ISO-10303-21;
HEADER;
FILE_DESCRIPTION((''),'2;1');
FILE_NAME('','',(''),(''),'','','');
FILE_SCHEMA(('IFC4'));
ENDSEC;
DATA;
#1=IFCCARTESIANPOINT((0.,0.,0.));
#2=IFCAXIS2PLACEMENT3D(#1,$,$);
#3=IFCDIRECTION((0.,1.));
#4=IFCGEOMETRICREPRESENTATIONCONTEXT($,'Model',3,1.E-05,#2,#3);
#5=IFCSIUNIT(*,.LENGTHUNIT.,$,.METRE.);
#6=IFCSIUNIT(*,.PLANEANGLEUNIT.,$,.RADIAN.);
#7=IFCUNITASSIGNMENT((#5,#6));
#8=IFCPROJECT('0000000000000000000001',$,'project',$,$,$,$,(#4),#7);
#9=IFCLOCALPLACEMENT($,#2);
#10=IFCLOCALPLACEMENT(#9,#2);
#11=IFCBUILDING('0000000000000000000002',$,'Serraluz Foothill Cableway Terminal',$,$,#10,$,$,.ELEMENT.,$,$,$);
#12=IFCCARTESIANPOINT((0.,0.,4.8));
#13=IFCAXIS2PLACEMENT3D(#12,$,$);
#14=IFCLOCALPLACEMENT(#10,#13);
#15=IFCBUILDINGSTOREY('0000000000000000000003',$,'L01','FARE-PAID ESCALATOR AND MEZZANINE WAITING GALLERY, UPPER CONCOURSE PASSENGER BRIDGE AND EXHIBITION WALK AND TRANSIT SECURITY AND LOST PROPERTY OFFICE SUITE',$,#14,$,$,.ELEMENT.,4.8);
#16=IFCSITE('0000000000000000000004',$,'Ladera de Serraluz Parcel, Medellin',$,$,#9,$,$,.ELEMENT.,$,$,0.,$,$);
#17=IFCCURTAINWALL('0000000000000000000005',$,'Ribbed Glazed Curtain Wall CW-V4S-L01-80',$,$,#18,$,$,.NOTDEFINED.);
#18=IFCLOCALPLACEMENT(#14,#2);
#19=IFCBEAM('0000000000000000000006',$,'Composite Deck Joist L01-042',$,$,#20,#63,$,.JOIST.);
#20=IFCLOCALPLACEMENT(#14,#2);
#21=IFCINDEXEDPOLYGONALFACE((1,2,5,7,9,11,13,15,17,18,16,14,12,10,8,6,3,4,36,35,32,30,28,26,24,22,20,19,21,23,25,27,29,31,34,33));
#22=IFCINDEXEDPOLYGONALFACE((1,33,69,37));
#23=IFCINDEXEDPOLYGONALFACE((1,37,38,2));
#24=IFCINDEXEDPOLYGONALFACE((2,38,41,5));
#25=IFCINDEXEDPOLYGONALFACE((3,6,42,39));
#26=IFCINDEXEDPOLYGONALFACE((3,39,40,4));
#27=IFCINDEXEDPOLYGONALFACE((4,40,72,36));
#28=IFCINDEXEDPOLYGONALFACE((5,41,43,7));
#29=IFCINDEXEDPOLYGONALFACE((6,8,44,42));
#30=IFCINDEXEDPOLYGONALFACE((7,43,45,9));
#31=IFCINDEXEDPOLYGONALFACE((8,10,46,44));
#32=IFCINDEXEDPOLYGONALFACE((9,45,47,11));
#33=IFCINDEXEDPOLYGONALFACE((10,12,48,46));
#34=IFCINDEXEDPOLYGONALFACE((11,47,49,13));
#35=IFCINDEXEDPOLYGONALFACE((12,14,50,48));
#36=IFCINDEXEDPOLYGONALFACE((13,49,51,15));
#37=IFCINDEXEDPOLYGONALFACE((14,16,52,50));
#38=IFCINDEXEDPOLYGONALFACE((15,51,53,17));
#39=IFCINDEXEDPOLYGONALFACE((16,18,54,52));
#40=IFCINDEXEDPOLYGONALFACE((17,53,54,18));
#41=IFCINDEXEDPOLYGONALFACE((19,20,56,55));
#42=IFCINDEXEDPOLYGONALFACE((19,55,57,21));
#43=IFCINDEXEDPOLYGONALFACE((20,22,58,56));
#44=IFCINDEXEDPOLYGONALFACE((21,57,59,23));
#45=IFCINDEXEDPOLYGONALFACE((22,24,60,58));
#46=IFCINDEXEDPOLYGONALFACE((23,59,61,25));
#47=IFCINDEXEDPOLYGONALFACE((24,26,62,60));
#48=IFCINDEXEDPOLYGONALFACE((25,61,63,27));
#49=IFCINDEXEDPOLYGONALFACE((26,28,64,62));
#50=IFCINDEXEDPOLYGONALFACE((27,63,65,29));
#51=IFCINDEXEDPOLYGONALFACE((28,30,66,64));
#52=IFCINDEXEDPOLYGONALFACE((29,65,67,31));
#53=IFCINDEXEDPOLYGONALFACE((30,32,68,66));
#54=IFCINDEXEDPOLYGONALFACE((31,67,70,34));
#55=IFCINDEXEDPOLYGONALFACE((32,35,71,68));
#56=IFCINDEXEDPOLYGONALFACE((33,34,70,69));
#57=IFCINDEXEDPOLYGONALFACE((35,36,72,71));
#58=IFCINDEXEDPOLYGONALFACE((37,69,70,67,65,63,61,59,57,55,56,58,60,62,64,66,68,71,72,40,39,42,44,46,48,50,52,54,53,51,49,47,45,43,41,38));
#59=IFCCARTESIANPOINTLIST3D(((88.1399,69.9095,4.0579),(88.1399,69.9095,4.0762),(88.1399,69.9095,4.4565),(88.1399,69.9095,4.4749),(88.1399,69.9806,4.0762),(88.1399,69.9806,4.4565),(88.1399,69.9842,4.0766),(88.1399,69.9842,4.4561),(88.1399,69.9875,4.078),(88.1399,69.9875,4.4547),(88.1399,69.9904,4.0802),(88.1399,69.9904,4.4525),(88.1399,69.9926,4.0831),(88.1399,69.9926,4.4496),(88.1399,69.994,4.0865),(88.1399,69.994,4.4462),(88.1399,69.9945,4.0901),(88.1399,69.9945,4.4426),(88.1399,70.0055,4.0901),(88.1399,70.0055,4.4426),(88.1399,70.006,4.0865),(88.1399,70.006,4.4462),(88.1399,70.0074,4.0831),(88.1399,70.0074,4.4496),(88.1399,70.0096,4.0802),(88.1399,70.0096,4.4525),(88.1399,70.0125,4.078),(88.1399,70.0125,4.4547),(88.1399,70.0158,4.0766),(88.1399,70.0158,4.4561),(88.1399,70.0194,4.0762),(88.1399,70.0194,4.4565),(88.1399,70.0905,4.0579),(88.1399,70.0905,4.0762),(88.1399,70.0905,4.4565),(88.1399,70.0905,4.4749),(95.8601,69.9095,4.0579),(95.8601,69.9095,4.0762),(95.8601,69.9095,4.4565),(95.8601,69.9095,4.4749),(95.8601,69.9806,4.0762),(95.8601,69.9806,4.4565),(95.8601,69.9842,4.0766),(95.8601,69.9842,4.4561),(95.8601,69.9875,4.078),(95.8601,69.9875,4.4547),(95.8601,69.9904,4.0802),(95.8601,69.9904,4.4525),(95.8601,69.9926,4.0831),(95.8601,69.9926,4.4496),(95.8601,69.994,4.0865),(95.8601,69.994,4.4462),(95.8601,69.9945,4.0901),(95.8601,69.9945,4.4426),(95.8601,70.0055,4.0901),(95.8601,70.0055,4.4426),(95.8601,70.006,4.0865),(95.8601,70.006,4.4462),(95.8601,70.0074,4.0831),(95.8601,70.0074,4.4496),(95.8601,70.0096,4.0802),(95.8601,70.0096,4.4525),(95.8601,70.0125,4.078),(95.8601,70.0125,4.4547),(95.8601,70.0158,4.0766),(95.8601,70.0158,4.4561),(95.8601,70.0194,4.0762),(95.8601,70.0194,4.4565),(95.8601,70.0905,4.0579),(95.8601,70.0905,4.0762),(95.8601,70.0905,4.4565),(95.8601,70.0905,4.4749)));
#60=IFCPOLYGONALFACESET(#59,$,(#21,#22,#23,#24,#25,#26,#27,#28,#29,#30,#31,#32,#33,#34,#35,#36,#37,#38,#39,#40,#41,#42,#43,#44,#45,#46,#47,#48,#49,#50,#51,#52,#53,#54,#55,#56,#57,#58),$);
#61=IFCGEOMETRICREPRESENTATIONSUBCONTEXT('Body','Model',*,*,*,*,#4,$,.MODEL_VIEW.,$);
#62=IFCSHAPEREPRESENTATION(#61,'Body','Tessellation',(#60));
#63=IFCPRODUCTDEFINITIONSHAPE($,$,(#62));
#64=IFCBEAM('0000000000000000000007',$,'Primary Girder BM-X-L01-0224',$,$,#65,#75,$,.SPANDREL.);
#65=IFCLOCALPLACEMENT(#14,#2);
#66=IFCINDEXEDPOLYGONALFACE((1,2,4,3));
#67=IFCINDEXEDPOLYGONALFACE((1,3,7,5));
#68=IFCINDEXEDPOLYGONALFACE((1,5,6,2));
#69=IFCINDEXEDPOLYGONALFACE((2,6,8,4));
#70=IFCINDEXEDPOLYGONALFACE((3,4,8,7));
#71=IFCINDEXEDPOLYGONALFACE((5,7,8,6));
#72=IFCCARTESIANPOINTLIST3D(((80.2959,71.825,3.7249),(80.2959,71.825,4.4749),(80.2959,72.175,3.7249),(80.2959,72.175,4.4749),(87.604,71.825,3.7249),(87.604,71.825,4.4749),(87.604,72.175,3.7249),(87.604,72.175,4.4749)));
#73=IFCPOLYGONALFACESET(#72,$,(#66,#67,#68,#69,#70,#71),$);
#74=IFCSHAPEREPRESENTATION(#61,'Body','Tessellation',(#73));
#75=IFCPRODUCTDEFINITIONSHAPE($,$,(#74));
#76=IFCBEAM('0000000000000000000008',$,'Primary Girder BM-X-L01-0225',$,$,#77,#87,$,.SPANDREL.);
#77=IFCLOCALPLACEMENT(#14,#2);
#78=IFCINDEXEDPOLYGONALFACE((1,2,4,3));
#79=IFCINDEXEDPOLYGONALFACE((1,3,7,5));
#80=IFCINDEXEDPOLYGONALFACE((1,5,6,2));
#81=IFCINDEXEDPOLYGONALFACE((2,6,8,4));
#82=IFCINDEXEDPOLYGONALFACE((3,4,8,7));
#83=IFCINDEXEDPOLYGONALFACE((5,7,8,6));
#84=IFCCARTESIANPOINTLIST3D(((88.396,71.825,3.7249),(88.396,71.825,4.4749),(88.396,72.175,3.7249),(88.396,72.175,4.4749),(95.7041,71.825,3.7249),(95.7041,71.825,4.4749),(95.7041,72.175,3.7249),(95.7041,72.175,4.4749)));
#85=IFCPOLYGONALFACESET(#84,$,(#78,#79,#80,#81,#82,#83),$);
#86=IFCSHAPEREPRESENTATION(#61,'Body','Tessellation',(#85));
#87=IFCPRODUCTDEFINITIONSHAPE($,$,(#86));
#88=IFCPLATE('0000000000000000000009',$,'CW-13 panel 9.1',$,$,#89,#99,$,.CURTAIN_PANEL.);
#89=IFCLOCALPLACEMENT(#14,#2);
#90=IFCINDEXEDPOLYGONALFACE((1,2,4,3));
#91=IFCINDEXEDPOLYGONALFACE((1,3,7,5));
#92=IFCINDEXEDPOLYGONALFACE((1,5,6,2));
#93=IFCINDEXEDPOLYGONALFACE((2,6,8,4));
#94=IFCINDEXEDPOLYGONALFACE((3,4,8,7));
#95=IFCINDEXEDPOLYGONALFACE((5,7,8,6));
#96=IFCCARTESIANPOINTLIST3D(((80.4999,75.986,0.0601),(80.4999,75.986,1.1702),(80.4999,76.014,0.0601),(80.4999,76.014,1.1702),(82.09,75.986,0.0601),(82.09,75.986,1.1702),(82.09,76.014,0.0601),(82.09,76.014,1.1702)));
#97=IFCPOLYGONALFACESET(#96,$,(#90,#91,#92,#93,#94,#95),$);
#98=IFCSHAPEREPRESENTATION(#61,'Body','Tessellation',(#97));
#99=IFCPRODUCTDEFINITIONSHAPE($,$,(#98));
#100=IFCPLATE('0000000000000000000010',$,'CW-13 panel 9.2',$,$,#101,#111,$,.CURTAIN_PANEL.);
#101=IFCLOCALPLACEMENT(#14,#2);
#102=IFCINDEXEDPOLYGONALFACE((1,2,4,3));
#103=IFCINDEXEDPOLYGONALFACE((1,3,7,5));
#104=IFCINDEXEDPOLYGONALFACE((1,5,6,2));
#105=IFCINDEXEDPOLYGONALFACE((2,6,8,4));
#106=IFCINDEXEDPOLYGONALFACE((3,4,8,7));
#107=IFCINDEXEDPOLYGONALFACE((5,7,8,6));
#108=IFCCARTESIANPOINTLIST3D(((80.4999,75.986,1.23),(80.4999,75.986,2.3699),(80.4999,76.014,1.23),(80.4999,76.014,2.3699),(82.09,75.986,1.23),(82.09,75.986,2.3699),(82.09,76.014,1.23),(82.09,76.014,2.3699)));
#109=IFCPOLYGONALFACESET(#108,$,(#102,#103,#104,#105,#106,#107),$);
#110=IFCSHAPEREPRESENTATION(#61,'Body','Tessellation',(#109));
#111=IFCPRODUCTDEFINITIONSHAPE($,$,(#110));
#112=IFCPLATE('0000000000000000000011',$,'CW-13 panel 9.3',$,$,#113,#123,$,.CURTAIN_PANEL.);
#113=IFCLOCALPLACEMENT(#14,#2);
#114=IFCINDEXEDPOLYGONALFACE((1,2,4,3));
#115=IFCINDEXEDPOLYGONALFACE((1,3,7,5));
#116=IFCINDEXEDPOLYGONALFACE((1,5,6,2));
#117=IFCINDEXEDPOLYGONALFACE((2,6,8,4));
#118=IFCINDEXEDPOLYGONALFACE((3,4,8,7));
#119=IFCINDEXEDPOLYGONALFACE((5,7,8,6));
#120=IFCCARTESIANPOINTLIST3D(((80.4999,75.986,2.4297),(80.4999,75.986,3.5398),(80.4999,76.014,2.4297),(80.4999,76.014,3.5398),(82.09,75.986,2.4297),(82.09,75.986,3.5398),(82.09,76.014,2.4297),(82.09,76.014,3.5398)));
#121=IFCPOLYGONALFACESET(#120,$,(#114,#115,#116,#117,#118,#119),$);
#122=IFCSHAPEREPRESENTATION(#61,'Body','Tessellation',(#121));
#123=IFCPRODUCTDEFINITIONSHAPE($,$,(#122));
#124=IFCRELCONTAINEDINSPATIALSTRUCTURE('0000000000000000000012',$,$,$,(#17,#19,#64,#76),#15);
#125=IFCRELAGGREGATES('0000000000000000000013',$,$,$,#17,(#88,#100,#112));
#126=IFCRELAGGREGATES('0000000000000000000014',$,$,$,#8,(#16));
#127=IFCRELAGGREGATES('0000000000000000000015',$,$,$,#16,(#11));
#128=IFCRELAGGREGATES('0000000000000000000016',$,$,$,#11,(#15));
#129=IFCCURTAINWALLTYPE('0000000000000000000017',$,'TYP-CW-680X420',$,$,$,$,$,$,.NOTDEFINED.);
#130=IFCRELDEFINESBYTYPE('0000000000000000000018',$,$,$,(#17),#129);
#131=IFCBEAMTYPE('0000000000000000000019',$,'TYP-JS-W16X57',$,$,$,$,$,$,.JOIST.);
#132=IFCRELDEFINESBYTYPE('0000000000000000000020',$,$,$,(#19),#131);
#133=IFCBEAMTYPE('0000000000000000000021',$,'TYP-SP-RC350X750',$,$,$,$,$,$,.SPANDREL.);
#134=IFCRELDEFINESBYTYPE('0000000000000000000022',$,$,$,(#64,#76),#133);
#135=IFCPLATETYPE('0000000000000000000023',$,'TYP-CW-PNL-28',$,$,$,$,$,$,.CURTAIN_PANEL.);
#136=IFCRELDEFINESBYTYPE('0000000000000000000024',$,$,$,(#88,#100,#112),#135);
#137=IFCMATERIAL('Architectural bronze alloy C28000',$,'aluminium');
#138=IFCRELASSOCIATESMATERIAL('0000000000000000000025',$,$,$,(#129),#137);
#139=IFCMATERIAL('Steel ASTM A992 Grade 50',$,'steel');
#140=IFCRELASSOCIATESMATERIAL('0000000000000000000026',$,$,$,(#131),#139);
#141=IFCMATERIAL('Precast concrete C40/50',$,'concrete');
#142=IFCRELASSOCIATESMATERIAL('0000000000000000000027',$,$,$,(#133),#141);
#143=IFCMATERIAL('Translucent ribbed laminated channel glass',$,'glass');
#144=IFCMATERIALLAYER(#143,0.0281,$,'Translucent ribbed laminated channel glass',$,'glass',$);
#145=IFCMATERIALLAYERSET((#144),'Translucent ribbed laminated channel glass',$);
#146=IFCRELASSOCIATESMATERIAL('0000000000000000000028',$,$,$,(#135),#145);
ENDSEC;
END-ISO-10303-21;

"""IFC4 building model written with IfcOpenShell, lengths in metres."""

from ifc_helpers import new_model, si_unit, direction, frame, origin, origin_2d, place, context, subcontext, project, spatial, rectangle, i_section, extrude, material, layer, layer_set, material_profile, profile_set, type_object, element, aggregate, save


model = new_model("IFC4")

# Units and contexts
model_context = context("Model", 3, precision=1e-05, world=origin(), true_north=direction((0.0, 1.0)))
body_context = subcontext(model_context, "Body", "Model", "MODEL_VIEW")
ifc_project = project(units=[si_unit("LENGTHUNIT", "METRE"), si_unit("PLANEANGLEUNIT", "RADIAN")], contexts=[model_context])

# Site, building, storey
site_placement = place(None, origin())
site = spatial("IfcSite", under=ifc_project, at=site_placement, Name="Ladera de Serraluz Parcel, Medellin", CompositionType="ELEMENT", RefElevation=0.0)
building_placement = place(site_placement, origin())
building = spatial("IfcBuilding", under=site, at=building_placement, Name="Serraluz Foothill Cableway Terminal", CompositionType="ELEMENT")
storey_placement = place(building_placement, frame((0.0, 0.0, 4.8)))
storey = spatial("IfcBuildingStorey", under=building, at=storey_placement, Name="L01", Description="FARE-PAID ESCALATOR AND MEZZANINE WAITING GALLERY, UPPER CONCOURSE PASSENGER BRIDGE AND EXHIBITION WALK AND TRANSIT SECURITY AND LOST PROPERTY OFFICE SUITE", CompositionType="ELEMENT", Elevation=4.8)

# Curtain wall
ifc_material_1 = material(Name="Architectural bronze alloy C28000", Category="aluminium")
curtain_wall_type = type_object("IfcCurtainWallType", Name="TYP-CW-680X420", PredefinedType="NOTDEFINED", material=ifc_material_1)
curtain_wall_placement = place(storey_placement, origin())
curtain_wall = element("IfcCurtainWall", 1, at=curtain_wall_placement, inside=storey, type_object=curtain_wall_type, Name="Ribbed Glazed Curtain Wall CW-V4S-L01-80", PredefinedType="NOTDEFINED")

# Beams
ifc_material_2 = material(Name="Steel ASTM A992 Grade 50", Category="steel")
ifc_material_profile_1 = material_profile(ifc_material_2, i_section(OverallWidth=0.1809, OverallDepth=0.417, WebThickness=0.011, FlangeThickness=0.0183, FilletRadius=0.0139, at=origin_2d()), Name="W16X57")
ifc_profile_set_1 = profile_set([ifc_material_profile_1], Name="Steel ASTM A992 Grade 50")
beam_type_1 = type_object("IfcBeamType", Name="TYP-JS-W16X57", PredefinedType="JOIST", material=ifc_profile_set_1)
for number, where, z_axis, x_axis, name in (
    (2, (88.1399, 70.0, 4.2664), (1.0, 0.0, 0.0), (0.0, 1.0, 0.0), "Composite Deck Joist L01-042"),
):
    element("IfcBeam", number, at=place(storey_placement, frame(where, z_axis=z_axis, x_axis=x_axis)), inside=storey, type_object=beam_type_1, Name=name, PredefinedType="JOIST", context=body_context, shape_type="SweptSolid", body=[
        extrude(i_section(OverallWidth=0.1809, OverallDepth=0.417, WebThickness=0.011, FlangeThickness=0.0183, FilletRadius=0.0139, at=origin_2d()), origin(), (0.0, 0.0, 1.0), 7.7202),
    ])
ifc_material_3 = material(Name="Precast concrete C40/50", Category="concrete")
ifc_material_profile_2 = material_profile(ifc_material_3, rectangle(XDim=0.3501, YDim=0.75, at=origin_2d()), Name="RC SP 350x750")
ifc_profile_set_2 = profile_set([ifc_material_profile_2], Name="Precast concrete C40/50")
beam_type_2 = type_object("IfcBeamType", Name="TYP-SP-RC350X750", PredefinedType="SPANDREL", material=ifc_profile_set_2)
for number, where, z_axis, x_axis, name in (
    (3, (80.2959, 72.0, 4.0999), (1.0, 0.0, 0.0), (0.0, 1.0, 0.0), "Primary Girder BM-X-L01-0224"),
    (4, (88.396, 72.0, 4.0999), (1.0, 0.0, 0.0), (0.0, 1.0, 0.0), "Primary Girder BM-X-L01-0225"),
):
    element("IfcBeam", number, at=place(storey_placement, frame(where, z_axis=z_axis, x_axis=x_axis)), inside=storey, type_object=beam_type_2, Name=name, PredefinedType="SPANDREL", context=body_context, shape_type="SweptSolid", body=[
        extrude(rectangle(XDim=0.3501, YDim=0.75, at=origin_2d()), origin(), (0.0, 0.0, 1.0), 7.3081),
    ])

# Plates
ifc_material_4 = material(Name="Translucent ribbed laminated channel glass", Category="glass")
ifc_layer_1 = layer(ifc_material_4, 0.0281, Name="Translucent ribbed laminated channel glass", Category="glass")
ifc_layer_set_1 = layer_set([ifc_layer_1], Name="Translucent ribbed laminated channel glass")
plate_type = type_object("IfcPlateType", Name="TYP-CW-PNL-28", PredefinedType="CURTAIN_PANEL", material=ifc_layer_set_1)
plate_1_placement = place(storey_placement, frame((81.2949, 76.0, 0.0601), z_axis=(0.0, 0.0, 1.0), x_axis=(-1.0, 0.0, 0.0)))
plate_1 = element("IfcPlate", 5, at=plate_1_placement, type_object=plate_type, Name="CW-13 panel 9.1", PredefinedType="CURTAIN_PANEL", context=body_context, shape_type="SweptSolid", body=[
    extrude(rectangle(XDim=1.5901, YDim=0.0281, at=origin_2d()), origin(), (0.0, 0.0, 1.0), 1.1101),
])
plate_2_placement = place(storey_placement, frame((81.2949, 76.0, 1.23), z_axis=(0.0, 0.0, 1.0), x_axis=(-1.0, 0.0, 0.0)))
plate_2 = element("IfcPlate", 6, at=plate_2_placement, type_object=plate_type, Name="CW-13 panel 9.2", PredefinedType="CURTAIN_PANEL", context=body_context, shape_type="SweptSolid", body=[
    extrude(rectangle(XDim=1.5901, YDim=0.0281, at=origin_2d()), origin(), (0.0, 0.0, 1.0), 1.1399),
])
plate_3_placement = place(storey_placement, frame((81.2949, 76.0, 2.4297), z_axis=(0.0, 0.0, 1.0), x_axis=(-1.0, 0.0, 0.0)))
plate_3 = element("IfcPlate", 7, at=plate_3_placement, type_object=plate_type, Name="CW-13 panel 9.3", PredefinedType="CURTAIN_PANEL", context=body_context, shape_type="SweptSolid", body=[
    extrude(rectangle(XDim=1.5901, YDim=0.0281, at=origin_2d()), origin(), (0.0, 0.0, 1.0), 1.1101),
])
aggregate(curtain_wall, [plate_1, plate_2, plate_3])

save(model, "model.ifc")
